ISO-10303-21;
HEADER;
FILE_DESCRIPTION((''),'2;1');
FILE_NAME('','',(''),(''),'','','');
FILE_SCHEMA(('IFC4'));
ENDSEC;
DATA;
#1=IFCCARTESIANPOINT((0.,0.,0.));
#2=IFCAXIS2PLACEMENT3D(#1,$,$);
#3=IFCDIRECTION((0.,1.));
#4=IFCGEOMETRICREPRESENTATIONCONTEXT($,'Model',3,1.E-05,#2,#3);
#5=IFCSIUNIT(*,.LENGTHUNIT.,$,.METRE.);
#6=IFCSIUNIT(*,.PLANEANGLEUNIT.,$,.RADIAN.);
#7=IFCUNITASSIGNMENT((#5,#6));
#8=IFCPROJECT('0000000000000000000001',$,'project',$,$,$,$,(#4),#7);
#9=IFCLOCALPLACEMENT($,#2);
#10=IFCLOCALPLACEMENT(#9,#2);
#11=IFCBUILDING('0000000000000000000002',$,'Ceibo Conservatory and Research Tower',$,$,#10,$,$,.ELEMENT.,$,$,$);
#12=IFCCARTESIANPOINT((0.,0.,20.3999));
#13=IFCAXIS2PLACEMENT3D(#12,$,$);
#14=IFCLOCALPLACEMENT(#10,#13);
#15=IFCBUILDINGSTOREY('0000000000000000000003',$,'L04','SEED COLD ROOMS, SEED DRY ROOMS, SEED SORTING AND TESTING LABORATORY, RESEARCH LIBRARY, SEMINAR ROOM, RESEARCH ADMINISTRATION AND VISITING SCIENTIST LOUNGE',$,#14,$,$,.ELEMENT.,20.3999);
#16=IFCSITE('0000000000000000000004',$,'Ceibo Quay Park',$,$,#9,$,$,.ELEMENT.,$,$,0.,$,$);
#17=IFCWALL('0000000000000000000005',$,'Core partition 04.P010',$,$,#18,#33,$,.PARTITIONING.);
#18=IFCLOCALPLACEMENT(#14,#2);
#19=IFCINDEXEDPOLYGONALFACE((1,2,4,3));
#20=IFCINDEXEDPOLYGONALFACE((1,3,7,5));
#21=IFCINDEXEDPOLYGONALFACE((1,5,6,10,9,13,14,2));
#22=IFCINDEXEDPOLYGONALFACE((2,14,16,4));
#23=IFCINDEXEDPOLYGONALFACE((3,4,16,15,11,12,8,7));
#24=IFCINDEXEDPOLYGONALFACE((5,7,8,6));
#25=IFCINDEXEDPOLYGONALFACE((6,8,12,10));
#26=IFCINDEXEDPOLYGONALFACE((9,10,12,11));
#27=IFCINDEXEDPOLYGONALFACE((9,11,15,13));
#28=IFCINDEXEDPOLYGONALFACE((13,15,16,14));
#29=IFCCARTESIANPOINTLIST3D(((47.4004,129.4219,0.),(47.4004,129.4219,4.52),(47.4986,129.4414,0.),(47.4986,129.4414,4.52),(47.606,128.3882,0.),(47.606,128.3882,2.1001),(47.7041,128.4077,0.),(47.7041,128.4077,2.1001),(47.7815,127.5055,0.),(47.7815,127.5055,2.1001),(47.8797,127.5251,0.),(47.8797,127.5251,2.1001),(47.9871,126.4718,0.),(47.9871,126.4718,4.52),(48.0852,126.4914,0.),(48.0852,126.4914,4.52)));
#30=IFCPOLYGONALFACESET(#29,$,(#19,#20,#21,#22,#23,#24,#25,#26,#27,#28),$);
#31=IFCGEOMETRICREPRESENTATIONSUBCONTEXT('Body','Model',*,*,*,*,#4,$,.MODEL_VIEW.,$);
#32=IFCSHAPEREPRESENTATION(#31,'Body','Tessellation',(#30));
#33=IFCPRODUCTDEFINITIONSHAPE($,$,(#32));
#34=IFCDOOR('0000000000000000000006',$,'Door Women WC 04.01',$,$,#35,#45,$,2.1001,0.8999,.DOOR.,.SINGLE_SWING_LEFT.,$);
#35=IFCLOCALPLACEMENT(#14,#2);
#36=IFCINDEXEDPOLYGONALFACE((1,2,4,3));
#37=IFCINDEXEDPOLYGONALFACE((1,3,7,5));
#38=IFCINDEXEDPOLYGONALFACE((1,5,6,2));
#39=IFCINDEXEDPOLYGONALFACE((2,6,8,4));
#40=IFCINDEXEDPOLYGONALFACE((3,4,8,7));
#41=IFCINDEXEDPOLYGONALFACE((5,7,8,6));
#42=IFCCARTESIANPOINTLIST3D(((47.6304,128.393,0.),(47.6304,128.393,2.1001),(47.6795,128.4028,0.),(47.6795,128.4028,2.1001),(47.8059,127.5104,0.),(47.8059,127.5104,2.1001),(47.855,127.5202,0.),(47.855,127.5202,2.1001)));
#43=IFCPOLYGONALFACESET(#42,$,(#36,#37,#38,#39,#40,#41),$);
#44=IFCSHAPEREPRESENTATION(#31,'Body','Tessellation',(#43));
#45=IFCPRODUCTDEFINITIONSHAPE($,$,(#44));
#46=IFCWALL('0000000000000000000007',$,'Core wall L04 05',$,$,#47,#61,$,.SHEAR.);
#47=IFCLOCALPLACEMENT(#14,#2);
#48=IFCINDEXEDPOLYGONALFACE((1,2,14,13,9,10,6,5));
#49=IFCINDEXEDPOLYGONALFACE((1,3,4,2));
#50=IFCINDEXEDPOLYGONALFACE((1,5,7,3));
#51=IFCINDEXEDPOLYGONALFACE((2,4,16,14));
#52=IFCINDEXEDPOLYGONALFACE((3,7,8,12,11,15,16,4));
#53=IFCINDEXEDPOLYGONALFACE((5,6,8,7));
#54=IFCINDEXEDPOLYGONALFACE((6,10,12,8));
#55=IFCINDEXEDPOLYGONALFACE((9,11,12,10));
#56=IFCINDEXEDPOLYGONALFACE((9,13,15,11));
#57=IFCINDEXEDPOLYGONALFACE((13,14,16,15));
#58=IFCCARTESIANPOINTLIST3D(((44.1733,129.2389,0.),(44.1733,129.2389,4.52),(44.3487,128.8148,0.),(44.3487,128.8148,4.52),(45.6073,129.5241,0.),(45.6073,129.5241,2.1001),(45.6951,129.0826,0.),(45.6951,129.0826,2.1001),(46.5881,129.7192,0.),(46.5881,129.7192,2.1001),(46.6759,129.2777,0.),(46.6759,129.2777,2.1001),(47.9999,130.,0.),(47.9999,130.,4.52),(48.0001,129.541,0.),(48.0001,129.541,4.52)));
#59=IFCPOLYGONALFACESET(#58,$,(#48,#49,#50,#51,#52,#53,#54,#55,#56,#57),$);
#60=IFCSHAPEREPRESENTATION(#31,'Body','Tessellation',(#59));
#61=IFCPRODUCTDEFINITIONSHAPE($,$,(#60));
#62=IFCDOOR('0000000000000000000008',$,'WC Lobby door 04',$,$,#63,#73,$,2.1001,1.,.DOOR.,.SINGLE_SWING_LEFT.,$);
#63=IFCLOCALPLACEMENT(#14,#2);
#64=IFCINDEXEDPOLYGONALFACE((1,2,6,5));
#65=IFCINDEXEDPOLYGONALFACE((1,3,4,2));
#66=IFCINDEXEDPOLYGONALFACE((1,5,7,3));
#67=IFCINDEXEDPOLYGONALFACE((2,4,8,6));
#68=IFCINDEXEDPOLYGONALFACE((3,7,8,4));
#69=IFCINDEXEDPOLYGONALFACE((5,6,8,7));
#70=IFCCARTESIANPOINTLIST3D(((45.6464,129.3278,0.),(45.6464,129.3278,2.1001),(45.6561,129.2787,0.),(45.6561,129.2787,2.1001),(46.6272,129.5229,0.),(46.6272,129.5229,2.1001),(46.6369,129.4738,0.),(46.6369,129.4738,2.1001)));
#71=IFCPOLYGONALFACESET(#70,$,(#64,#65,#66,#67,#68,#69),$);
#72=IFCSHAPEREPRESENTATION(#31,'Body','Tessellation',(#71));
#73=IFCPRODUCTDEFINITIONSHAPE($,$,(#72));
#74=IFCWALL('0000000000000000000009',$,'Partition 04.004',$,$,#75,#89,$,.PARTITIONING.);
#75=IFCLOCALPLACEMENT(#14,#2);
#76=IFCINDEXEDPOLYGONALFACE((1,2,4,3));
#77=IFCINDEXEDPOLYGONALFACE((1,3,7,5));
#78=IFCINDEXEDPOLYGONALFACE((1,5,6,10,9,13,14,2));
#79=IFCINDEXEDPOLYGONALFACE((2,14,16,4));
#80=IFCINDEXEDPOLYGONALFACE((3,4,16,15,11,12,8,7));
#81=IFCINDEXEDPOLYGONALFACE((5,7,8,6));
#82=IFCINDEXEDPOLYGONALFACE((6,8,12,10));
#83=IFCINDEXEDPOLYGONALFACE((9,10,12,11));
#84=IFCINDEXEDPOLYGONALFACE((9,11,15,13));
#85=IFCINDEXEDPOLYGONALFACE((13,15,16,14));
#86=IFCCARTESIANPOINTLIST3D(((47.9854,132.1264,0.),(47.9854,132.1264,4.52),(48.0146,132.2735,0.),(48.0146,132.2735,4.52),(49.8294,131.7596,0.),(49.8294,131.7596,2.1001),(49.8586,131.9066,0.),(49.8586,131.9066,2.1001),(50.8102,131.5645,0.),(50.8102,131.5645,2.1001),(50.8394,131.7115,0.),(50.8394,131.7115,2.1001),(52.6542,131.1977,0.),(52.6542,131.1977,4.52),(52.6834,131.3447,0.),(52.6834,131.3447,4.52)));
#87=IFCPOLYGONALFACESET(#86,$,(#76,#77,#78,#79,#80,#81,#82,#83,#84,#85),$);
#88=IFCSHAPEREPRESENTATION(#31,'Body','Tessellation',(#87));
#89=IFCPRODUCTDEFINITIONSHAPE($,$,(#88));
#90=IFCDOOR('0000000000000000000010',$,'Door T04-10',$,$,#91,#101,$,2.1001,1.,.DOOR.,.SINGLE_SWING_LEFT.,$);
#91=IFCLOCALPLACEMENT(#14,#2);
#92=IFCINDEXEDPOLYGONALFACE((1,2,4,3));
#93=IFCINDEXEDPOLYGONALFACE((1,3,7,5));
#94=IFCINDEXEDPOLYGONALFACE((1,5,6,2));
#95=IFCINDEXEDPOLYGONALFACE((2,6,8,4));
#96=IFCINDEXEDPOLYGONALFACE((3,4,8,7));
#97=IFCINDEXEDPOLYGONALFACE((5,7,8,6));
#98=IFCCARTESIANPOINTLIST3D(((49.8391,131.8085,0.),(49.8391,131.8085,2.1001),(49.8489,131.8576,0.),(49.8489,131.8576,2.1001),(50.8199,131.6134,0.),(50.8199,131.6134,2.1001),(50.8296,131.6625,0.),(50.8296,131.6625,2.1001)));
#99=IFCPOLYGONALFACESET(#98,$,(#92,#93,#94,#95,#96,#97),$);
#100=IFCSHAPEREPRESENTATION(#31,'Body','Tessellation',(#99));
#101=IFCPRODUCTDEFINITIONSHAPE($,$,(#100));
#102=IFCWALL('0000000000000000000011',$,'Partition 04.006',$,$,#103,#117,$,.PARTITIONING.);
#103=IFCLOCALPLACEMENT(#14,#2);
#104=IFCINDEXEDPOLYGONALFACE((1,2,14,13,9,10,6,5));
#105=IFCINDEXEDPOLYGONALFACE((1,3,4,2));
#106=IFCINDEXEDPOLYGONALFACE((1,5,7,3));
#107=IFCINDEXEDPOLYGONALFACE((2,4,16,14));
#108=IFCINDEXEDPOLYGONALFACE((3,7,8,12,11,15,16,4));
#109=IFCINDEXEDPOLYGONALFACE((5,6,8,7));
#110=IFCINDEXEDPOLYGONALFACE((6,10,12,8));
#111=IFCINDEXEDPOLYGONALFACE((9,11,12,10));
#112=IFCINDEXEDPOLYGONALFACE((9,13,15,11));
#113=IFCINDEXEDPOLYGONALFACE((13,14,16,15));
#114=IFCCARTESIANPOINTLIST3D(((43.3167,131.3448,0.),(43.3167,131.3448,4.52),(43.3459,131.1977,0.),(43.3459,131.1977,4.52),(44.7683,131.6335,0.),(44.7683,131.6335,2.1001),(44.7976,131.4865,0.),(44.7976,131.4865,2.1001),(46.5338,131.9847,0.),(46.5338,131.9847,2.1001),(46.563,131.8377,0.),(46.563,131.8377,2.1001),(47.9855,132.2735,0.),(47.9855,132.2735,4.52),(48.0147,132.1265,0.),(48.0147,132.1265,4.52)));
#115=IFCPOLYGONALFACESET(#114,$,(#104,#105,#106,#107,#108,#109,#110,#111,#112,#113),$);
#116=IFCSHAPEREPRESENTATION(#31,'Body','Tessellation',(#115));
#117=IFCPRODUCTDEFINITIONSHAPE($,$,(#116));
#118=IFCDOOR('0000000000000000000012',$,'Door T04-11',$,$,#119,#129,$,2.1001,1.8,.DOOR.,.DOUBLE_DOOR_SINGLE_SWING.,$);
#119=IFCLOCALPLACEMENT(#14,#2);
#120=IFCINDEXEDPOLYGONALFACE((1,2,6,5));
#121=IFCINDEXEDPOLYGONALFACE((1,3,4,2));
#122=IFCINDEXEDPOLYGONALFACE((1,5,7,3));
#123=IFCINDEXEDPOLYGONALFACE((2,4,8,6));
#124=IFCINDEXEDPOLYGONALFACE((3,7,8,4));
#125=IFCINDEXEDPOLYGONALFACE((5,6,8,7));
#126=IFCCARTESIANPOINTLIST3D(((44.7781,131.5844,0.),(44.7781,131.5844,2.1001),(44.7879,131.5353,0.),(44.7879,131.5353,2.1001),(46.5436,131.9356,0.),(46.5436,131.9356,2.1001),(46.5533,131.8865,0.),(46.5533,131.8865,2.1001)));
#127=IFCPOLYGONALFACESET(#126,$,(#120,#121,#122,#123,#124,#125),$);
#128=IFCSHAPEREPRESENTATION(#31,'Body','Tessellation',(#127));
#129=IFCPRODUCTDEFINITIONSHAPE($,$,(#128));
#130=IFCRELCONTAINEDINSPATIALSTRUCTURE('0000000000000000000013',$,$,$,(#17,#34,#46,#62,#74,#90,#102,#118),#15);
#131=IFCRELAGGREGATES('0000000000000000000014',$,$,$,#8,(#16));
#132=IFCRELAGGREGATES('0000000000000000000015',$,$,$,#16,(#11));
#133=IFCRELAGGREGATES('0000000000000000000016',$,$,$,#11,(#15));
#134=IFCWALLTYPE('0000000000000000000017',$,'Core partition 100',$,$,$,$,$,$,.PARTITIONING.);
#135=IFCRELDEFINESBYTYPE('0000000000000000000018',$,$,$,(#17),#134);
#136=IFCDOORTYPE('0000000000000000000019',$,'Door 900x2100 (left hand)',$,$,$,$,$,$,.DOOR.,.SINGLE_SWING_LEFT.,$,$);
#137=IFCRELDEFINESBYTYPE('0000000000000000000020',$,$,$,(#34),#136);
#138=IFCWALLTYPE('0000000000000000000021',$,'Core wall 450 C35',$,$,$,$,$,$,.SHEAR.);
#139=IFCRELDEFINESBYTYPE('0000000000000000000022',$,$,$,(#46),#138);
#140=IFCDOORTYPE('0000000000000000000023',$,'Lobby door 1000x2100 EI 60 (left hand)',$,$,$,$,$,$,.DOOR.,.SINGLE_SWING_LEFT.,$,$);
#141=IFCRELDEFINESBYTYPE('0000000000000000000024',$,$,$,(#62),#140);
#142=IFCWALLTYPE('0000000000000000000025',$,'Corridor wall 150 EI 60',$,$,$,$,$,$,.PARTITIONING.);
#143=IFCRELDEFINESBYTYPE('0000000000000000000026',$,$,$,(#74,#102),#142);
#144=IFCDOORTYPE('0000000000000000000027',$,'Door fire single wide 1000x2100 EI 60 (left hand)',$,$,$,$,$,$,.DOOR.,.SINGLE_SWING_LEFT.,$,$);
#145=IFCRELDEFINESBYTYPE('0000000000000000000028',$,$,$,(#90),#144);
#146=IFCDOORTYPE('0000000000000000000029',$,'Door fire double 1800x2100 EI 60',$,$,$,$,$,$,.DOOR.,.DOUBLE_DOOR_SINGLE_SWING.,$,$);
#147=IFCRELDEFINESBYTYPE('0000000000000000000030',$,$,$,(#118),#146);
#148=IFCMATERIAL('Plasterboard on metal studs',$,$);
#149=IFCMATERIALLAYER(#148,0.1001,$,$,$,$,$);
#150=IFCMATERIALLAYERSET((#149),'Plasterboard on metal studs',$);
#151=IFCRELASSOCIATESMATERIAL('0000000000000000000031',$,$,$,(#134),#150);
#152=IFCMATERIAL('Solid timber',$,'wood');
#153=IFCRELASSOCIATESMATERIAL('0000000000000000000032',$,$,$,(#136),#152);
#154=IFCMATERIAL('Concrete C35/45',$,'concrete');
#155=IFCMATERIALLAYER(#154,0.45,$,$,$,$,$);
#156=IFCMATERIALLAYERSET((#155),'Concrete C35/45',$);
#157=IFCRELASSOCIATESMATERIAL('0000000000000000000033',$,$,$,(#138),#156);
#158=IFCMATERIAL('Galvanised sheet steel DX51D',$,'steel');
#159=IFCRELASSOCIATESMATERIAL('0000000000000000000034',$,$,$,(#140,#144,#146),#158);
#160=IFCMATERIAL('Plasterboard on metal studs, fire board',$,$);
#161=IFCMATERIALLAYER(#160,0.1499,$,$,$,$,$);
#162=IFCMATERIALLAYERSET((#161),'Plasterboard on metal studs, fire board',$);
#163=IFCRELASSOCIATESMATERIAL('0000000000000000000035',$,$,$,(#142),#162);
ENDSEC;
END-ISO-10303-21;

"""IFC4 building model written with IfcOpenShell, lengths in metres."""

from ifc_helpers import new_model, si_unit, direction, frame, frame_2d, origin, place, context, subcontext, project, spatial, polyline, rectangle, outline, extrude, material, layer, layer_set, type_object, element, fill, save


model = new_model("IFC4")

# Units and contexts
model_context = context("Model", 3, precision=1e-05, world=origin(), true_north=direction((0.0, 1.0)))
body_context = subcontext(model_context, "Body", "Model", "MODEL_VIEW")
ifc_project = project(units=[si_unit("LENGTHUNIT", "METRE"), si_unit("PLANEANGLEUNIT", "RADIAN")], contexts=[model_context])

# Site, building, storey
site_placement = place(None, origin())
site = spatial("IfcSite", under=ifc_project, at=site_placement, Name="Ceibo Quay Park", CompositionType="ELEMENT", RefElevation=0.0)
building_placement = place(site_placement, origin())
building = spatial("IfcBuilding", under=site, at=building_placement, Name="Ceibo Conservatory and Research Tower", CompositionType="ELEMENT")
storey_placement = place(building_placement, frame((0.0, 0.0, 20.3999)))
storey = spatial("IfcBuildingStorey", under=building, at=storey_placement, Name="L04", Description="SEED COLD ROOMS, SEED DRY ROOMS, SEED SORTING AND TESTING LABORATORY, RESEARCH LIBRARY, SEMINAR ROOM, RESEARCH ADMINISTRATION AND VISITING SCIENTIST LOUNGE", CompositionType="ELEMENT", Elevation=20.3999)

# Shared definitions
ifc_material_1 = material(Name="Concrete C35/45", Category="concrete")

# Walls, openings, doors
ifc_material_2 = material(Name="Plasterboard on metal studs")
ifc_layer_1 = layer(ifc_material_2, 0.1001)
ifc_layer_set_1 = layer_set([ifc_layer_1], Name="Plasterboard on metal studs")
wall_type_1 = type_object("IfcWallType", Name="Core partition 100", PredefinedType="PARTITIONING", material=ifc_layer_set_1)
wall_1_placement = place(storey_placement, frame((47.4495, 129.4316, 0.0), z_axis=(0.0, 0.0, 1.0), x_axis=(0.195055, -0.980792, 0.0)))
wall_1 = element("IfcWall", 1, at=wall_1_placement, inside=storey, type_object=wall_type_1, Name="Core partition 04.P010", PredefinedType="PARTITIONING", context=body_context, shape_type="SweptSolid", body=[
    extrude(rectangle(XDim=3.0078, YDim=0.1001, at=frame_2d((1.5039, 0.0))), origin(), (0.0, 0.0, 1.0), 4.52),
])
opening_1_placement = place(wall_1_placement, frame((1.054, 0.0, 0.0)))
opening_1 = element("IfcOpeningElement", 2, at=opening_1_placement, cuts=wall_1, PredefinedType="OPENING", context=body_context, shape_type="SweptSolid", body=[
    extrude(rectangle(XDim=0.8999, YDim=2.1001, at=frame_2d((0.45, 1.05))), frame((0.0, 0.0601, 0.0), z_axis=(0.0, -1.0, 0.0), x_axis=(1.0, 0.0, 0.0)), (0.0, 0.0, 1.0), 0.1201),
])
ifc_material_3 = material(Name="Solid timber", Category="wood")
door_type_1 = type_object("IfcDoorType", Name="Door 900x2100 (left hand)", OperationType="SINGLE_SWING_LEFT", PredefinedType="DOOR", material=ifc_material_3)
door_1_placement = place(opening_1_placement, origin())
door_1 = element("IfcDoor", 3, at=door_1_placement, inside=storey, type_object=door_type_1, Name="Door Women WC 04.01", OperationType="SINGLE_SWING_LEFT", OverallHeight=2.1001, OverallWidth=0.8999, PredefinedType="DOOR", context=body_context, shape_type="SweptSolid", body=[
    extrude(rectangle(XDim=0.8999, YDim=2.1001, at=frame_2d((0.45, 1.05))), frame((0.0, 0.0249, 0.0), z_axis=(0.0, -1.0, 0.0), x_axis=(1.0, 0.0, 0.0)), (0.0, 0.0, 1.0), 0.05),
])
fill(opening_1, door_1)
ifc_layer_2 = layer(ifc_material_1, 0.45)
ifc_layer_set_2 = layer_set([ifc_layer_2], Name="Concrete C35/45")
wall_type_2 = type_object("IfcWallType", Name="Core wall 450 C35", PredefinedType="SHEAR", material=ifc_layer_set_2)
wall_2_placement = place(storey_placement, frame((48.0, 129.7705, 0.0), z_axis=(0.0, 0.0, 1.0), x_axis=(-0.980789, -0.195069, 0.0)))
wall_2 = element("IfcWall", 4, at=wall_2_placement, inside=storey, type_object=wall_type_2, Name="Core wall L04 05", PredefinedType="SHEAR", context=body_context, shape_type="SweptSolid", body=[
    extrude(outline(polyline([(-0.0447, -0.2251), (3.8569, -0.2251), (3.7676, 0.2251), (0.0447, 0.2251), (-0.0447, -0.2251)])), origin(), (0.0, 0.0, 1.0), 4.52),
])
opening_2_placement = place(wall_2_placement, frame((1.3948, 0.0, 0.0)))
opening_2 = element("IfcOpeningElement", 5, at=opening_2_placement, cuts=wall_2, PredefinedType="OPENING", context=body_context, shape_type="SweptSolid", body=[
    extrude(rectangle(XDim=1.0, YDim=2.1001, at=frame_2d((0.5, 1.05))), frame((0.0, 0.2349, 0.0), z_axis=(0.0, -1.0, 0.0), x_axis=(1.0, 0.0, 0.0)), (0.0, 0.0, 1.0), 0.47),
])
ifc_material_4 = material(Name="Galvanised sheet steel DX51D", Category="steel")
door_type_2 = type_object("IfcDoorType", Name="Lobby door 1000x2100 EI 60 (left hand)", OperationType="SINGLE_SWING_LEFT", PredefinedType="DOOR", material=ifc_material_4)
door_2_placement = place(opening_2_placement, frame((1.0, 0.0, 0.0), z_axis=(0.0, 0.0, 1.0), x_axis=(-1.0, 0.0, 0.0)))
door_2 = element("IfcDoor", 6, at=door_2_placement, inside=storey, type_object=door_type_2, Name="WC Lobby door 04", OperationType="SINGLE_SWING_LEFT", OverallHeight=2.1001, OverallWidth=1.0, PredefinedType="DOOR", context=body_context, shape_type="SweptSolid", body=[
    extrude(rectangle(XDim=1.0, YDim=2.1001, at=frame_2d((0.5, 1.05))), frame((0.0, 0.0249, 0.0), z_axis=(0.0, -1.0, 0.0), x_axis=(1.0, 0.0, 0.0)), (0.0, 0.0, 1.0), 0.05),
])
fill(opening_2, door_2)
ifc_material_5 = material(Name="Plasterboard on metal studs, fire board")
ifc_layer_3 = layer(ifc_material_5, 0.1499)
ifc_layer_set_3 = layer_set([ifc_layer_3], Name="Plasterboard on metal studs, fire board")
wall_type_3 = type_object("IfcWallType", Name="Corridor wall 150 EI 60", PredefinedType="PARTITIONING", material=ifc_layer_set_3)
wall_3_placement = place(storey_placement, frame((48.0, 132.2, 0.0), z_axis=(0.0, 0.0, 1.0), x_axis=(0.980783, -0.1951, 0.0)))
wall_3 = element("IfcWall", 7, at=wall_3_placement, inside=storey, type_object=wall_type_3, Name="Partition 04.004", PredefinedType="PARTITIONING", context=body_context, shape_type="SweptSolid", body=[
    extrude(rectangle(XDim=4.7603, YDim=0.1499, at=frame_2d((2.3801, 0.0))), origin(), (0.0, 0.0, 1.0), 4.52),
])
opening_3_placement = place(wall_3_placement, frame((1.8801, 0.0, 0.0)))
opening_3 = element("IfcOpeningElement", 8, at=opening_3_placement, cuts=wall_3, PredefinedType="OPENING", context=body_context, shape_type="SweptSolid", body=[
    extrude(rectangle(XDim=1.0, YDim=2.1001, at=frame_2d((0.5, 1.05))), frame((0.0, 0.085, 0.0), z_axis=(0.0, -1.0, 0.0), x_axis=(1.0, 0.0, 0.0)), (0.0, 0.0, 1.0), 0.1699),
])
door_type_3 = type_object("IfcDoorType", Name="Door fire single wide 1000x2100 EI 60 (left hand)", OperationType="SINGLE_SWING_LEFT", PredefinedType="DOOR", material=ifc_material_4)
door_3_placement = place(opening_3_placement, origin())
door_3 = element("IfcDoor", 9, at=door_3_placement, inside=storey, type_object=door_type_3, Name="Door T04-10", OperationType="SINGLE_SWING_LEFT", OverallHeight=2.1001, OverallWidth=1.0, PredefinedType="DOOR", context=body_context, shape_type="SweptSolid", body=[
    extrude(rectangle(XDim=1.0, YDim=2.1001, at=frame_2d((0.5, 1.05))), frame((0.0, 0.0249, 0.0), z_axis=(0.0, -1.0, 0.0), x_axis=(1.0, 0.0, 0.0)), (0.0, 0.0, 1.0), 0.05),
])
fill(opening_3, door_3)
wall_4_placement = place(storey_placement, frame((43.3313, 131.2712, 0.0), z_axis=(0.0, 0.0, 1.0), x_axis=(0.980783, 0.1951, 0.0)))
wall_4 = element("IfcWall", 10, at=wall_4_placement, inside=storey, type_object=wall_type_3, Name="Partition 04.006", PredefinedType="PARTITIONING", context=body_context, shape_type="SweptSolid", body=[
    extrude(rectangle(XDim=4.7603, YDim=0.1499, at=frame_2d((2.3801, 0.0))), origin(), (0.0, 0.0, 1.0), 4.52),
])
opening_4_placement = place(wall_4_placement, frame((1.4802, 0.0, 0.0)))
opening_4 = element("IfcOpeningElement", 11, at=opening_4_placement, cuts=wall_4, PredefinedType="OPENING", context=body_context, shape_type="SweptSolid", body=[
    extrude(rectangle(XDim=1.8, YDim=2.1001, at=frame_2d((0.8999, 1.05))), frame((0.0, 0.085, 0.0), z_axis=(0.0, -1.0, 0.0), x_axis=(1.0, 0.0, 0.0)), (0.0, 0.0, 1.0), 0.1699),
])
door_type_4 = type_object("IfcDoorType", Name="Door fire double 1800x2100 EI 60", OperationType="DOUBLE_DOOR_SINGLE_SWING", PredefinedType="DOOR", material=ifc_material_4)
door_4_placement = place(opening_4_placement, origin())
door_4 = element("IfcDoor", 12, at=door_4_placement, inside=storey, type_object=door_type_4, Name="Door T04-11", OperationType="DOUBLE_DOOR_SINGLE_SWING", OverallHeight=2.1001, OverallWidth=1.8, PredefinedType="DOOR", context=body_context, shape_type="SweptSolid", body=[
    extrude(rectangle(XDim=1.8, YDim=2.1001, at=frame_2d((0.8999, 1.05))), frame((0.0, 0.0249, 0.0), z_axis=(0.0, -1.0, 0.0), x_axis=(1.0, 0.0, 0.0)), (0.0, 0.0, 1.0), 0.05),
])
fill(opening_4, door_4)

save(model, "model.ifc")
